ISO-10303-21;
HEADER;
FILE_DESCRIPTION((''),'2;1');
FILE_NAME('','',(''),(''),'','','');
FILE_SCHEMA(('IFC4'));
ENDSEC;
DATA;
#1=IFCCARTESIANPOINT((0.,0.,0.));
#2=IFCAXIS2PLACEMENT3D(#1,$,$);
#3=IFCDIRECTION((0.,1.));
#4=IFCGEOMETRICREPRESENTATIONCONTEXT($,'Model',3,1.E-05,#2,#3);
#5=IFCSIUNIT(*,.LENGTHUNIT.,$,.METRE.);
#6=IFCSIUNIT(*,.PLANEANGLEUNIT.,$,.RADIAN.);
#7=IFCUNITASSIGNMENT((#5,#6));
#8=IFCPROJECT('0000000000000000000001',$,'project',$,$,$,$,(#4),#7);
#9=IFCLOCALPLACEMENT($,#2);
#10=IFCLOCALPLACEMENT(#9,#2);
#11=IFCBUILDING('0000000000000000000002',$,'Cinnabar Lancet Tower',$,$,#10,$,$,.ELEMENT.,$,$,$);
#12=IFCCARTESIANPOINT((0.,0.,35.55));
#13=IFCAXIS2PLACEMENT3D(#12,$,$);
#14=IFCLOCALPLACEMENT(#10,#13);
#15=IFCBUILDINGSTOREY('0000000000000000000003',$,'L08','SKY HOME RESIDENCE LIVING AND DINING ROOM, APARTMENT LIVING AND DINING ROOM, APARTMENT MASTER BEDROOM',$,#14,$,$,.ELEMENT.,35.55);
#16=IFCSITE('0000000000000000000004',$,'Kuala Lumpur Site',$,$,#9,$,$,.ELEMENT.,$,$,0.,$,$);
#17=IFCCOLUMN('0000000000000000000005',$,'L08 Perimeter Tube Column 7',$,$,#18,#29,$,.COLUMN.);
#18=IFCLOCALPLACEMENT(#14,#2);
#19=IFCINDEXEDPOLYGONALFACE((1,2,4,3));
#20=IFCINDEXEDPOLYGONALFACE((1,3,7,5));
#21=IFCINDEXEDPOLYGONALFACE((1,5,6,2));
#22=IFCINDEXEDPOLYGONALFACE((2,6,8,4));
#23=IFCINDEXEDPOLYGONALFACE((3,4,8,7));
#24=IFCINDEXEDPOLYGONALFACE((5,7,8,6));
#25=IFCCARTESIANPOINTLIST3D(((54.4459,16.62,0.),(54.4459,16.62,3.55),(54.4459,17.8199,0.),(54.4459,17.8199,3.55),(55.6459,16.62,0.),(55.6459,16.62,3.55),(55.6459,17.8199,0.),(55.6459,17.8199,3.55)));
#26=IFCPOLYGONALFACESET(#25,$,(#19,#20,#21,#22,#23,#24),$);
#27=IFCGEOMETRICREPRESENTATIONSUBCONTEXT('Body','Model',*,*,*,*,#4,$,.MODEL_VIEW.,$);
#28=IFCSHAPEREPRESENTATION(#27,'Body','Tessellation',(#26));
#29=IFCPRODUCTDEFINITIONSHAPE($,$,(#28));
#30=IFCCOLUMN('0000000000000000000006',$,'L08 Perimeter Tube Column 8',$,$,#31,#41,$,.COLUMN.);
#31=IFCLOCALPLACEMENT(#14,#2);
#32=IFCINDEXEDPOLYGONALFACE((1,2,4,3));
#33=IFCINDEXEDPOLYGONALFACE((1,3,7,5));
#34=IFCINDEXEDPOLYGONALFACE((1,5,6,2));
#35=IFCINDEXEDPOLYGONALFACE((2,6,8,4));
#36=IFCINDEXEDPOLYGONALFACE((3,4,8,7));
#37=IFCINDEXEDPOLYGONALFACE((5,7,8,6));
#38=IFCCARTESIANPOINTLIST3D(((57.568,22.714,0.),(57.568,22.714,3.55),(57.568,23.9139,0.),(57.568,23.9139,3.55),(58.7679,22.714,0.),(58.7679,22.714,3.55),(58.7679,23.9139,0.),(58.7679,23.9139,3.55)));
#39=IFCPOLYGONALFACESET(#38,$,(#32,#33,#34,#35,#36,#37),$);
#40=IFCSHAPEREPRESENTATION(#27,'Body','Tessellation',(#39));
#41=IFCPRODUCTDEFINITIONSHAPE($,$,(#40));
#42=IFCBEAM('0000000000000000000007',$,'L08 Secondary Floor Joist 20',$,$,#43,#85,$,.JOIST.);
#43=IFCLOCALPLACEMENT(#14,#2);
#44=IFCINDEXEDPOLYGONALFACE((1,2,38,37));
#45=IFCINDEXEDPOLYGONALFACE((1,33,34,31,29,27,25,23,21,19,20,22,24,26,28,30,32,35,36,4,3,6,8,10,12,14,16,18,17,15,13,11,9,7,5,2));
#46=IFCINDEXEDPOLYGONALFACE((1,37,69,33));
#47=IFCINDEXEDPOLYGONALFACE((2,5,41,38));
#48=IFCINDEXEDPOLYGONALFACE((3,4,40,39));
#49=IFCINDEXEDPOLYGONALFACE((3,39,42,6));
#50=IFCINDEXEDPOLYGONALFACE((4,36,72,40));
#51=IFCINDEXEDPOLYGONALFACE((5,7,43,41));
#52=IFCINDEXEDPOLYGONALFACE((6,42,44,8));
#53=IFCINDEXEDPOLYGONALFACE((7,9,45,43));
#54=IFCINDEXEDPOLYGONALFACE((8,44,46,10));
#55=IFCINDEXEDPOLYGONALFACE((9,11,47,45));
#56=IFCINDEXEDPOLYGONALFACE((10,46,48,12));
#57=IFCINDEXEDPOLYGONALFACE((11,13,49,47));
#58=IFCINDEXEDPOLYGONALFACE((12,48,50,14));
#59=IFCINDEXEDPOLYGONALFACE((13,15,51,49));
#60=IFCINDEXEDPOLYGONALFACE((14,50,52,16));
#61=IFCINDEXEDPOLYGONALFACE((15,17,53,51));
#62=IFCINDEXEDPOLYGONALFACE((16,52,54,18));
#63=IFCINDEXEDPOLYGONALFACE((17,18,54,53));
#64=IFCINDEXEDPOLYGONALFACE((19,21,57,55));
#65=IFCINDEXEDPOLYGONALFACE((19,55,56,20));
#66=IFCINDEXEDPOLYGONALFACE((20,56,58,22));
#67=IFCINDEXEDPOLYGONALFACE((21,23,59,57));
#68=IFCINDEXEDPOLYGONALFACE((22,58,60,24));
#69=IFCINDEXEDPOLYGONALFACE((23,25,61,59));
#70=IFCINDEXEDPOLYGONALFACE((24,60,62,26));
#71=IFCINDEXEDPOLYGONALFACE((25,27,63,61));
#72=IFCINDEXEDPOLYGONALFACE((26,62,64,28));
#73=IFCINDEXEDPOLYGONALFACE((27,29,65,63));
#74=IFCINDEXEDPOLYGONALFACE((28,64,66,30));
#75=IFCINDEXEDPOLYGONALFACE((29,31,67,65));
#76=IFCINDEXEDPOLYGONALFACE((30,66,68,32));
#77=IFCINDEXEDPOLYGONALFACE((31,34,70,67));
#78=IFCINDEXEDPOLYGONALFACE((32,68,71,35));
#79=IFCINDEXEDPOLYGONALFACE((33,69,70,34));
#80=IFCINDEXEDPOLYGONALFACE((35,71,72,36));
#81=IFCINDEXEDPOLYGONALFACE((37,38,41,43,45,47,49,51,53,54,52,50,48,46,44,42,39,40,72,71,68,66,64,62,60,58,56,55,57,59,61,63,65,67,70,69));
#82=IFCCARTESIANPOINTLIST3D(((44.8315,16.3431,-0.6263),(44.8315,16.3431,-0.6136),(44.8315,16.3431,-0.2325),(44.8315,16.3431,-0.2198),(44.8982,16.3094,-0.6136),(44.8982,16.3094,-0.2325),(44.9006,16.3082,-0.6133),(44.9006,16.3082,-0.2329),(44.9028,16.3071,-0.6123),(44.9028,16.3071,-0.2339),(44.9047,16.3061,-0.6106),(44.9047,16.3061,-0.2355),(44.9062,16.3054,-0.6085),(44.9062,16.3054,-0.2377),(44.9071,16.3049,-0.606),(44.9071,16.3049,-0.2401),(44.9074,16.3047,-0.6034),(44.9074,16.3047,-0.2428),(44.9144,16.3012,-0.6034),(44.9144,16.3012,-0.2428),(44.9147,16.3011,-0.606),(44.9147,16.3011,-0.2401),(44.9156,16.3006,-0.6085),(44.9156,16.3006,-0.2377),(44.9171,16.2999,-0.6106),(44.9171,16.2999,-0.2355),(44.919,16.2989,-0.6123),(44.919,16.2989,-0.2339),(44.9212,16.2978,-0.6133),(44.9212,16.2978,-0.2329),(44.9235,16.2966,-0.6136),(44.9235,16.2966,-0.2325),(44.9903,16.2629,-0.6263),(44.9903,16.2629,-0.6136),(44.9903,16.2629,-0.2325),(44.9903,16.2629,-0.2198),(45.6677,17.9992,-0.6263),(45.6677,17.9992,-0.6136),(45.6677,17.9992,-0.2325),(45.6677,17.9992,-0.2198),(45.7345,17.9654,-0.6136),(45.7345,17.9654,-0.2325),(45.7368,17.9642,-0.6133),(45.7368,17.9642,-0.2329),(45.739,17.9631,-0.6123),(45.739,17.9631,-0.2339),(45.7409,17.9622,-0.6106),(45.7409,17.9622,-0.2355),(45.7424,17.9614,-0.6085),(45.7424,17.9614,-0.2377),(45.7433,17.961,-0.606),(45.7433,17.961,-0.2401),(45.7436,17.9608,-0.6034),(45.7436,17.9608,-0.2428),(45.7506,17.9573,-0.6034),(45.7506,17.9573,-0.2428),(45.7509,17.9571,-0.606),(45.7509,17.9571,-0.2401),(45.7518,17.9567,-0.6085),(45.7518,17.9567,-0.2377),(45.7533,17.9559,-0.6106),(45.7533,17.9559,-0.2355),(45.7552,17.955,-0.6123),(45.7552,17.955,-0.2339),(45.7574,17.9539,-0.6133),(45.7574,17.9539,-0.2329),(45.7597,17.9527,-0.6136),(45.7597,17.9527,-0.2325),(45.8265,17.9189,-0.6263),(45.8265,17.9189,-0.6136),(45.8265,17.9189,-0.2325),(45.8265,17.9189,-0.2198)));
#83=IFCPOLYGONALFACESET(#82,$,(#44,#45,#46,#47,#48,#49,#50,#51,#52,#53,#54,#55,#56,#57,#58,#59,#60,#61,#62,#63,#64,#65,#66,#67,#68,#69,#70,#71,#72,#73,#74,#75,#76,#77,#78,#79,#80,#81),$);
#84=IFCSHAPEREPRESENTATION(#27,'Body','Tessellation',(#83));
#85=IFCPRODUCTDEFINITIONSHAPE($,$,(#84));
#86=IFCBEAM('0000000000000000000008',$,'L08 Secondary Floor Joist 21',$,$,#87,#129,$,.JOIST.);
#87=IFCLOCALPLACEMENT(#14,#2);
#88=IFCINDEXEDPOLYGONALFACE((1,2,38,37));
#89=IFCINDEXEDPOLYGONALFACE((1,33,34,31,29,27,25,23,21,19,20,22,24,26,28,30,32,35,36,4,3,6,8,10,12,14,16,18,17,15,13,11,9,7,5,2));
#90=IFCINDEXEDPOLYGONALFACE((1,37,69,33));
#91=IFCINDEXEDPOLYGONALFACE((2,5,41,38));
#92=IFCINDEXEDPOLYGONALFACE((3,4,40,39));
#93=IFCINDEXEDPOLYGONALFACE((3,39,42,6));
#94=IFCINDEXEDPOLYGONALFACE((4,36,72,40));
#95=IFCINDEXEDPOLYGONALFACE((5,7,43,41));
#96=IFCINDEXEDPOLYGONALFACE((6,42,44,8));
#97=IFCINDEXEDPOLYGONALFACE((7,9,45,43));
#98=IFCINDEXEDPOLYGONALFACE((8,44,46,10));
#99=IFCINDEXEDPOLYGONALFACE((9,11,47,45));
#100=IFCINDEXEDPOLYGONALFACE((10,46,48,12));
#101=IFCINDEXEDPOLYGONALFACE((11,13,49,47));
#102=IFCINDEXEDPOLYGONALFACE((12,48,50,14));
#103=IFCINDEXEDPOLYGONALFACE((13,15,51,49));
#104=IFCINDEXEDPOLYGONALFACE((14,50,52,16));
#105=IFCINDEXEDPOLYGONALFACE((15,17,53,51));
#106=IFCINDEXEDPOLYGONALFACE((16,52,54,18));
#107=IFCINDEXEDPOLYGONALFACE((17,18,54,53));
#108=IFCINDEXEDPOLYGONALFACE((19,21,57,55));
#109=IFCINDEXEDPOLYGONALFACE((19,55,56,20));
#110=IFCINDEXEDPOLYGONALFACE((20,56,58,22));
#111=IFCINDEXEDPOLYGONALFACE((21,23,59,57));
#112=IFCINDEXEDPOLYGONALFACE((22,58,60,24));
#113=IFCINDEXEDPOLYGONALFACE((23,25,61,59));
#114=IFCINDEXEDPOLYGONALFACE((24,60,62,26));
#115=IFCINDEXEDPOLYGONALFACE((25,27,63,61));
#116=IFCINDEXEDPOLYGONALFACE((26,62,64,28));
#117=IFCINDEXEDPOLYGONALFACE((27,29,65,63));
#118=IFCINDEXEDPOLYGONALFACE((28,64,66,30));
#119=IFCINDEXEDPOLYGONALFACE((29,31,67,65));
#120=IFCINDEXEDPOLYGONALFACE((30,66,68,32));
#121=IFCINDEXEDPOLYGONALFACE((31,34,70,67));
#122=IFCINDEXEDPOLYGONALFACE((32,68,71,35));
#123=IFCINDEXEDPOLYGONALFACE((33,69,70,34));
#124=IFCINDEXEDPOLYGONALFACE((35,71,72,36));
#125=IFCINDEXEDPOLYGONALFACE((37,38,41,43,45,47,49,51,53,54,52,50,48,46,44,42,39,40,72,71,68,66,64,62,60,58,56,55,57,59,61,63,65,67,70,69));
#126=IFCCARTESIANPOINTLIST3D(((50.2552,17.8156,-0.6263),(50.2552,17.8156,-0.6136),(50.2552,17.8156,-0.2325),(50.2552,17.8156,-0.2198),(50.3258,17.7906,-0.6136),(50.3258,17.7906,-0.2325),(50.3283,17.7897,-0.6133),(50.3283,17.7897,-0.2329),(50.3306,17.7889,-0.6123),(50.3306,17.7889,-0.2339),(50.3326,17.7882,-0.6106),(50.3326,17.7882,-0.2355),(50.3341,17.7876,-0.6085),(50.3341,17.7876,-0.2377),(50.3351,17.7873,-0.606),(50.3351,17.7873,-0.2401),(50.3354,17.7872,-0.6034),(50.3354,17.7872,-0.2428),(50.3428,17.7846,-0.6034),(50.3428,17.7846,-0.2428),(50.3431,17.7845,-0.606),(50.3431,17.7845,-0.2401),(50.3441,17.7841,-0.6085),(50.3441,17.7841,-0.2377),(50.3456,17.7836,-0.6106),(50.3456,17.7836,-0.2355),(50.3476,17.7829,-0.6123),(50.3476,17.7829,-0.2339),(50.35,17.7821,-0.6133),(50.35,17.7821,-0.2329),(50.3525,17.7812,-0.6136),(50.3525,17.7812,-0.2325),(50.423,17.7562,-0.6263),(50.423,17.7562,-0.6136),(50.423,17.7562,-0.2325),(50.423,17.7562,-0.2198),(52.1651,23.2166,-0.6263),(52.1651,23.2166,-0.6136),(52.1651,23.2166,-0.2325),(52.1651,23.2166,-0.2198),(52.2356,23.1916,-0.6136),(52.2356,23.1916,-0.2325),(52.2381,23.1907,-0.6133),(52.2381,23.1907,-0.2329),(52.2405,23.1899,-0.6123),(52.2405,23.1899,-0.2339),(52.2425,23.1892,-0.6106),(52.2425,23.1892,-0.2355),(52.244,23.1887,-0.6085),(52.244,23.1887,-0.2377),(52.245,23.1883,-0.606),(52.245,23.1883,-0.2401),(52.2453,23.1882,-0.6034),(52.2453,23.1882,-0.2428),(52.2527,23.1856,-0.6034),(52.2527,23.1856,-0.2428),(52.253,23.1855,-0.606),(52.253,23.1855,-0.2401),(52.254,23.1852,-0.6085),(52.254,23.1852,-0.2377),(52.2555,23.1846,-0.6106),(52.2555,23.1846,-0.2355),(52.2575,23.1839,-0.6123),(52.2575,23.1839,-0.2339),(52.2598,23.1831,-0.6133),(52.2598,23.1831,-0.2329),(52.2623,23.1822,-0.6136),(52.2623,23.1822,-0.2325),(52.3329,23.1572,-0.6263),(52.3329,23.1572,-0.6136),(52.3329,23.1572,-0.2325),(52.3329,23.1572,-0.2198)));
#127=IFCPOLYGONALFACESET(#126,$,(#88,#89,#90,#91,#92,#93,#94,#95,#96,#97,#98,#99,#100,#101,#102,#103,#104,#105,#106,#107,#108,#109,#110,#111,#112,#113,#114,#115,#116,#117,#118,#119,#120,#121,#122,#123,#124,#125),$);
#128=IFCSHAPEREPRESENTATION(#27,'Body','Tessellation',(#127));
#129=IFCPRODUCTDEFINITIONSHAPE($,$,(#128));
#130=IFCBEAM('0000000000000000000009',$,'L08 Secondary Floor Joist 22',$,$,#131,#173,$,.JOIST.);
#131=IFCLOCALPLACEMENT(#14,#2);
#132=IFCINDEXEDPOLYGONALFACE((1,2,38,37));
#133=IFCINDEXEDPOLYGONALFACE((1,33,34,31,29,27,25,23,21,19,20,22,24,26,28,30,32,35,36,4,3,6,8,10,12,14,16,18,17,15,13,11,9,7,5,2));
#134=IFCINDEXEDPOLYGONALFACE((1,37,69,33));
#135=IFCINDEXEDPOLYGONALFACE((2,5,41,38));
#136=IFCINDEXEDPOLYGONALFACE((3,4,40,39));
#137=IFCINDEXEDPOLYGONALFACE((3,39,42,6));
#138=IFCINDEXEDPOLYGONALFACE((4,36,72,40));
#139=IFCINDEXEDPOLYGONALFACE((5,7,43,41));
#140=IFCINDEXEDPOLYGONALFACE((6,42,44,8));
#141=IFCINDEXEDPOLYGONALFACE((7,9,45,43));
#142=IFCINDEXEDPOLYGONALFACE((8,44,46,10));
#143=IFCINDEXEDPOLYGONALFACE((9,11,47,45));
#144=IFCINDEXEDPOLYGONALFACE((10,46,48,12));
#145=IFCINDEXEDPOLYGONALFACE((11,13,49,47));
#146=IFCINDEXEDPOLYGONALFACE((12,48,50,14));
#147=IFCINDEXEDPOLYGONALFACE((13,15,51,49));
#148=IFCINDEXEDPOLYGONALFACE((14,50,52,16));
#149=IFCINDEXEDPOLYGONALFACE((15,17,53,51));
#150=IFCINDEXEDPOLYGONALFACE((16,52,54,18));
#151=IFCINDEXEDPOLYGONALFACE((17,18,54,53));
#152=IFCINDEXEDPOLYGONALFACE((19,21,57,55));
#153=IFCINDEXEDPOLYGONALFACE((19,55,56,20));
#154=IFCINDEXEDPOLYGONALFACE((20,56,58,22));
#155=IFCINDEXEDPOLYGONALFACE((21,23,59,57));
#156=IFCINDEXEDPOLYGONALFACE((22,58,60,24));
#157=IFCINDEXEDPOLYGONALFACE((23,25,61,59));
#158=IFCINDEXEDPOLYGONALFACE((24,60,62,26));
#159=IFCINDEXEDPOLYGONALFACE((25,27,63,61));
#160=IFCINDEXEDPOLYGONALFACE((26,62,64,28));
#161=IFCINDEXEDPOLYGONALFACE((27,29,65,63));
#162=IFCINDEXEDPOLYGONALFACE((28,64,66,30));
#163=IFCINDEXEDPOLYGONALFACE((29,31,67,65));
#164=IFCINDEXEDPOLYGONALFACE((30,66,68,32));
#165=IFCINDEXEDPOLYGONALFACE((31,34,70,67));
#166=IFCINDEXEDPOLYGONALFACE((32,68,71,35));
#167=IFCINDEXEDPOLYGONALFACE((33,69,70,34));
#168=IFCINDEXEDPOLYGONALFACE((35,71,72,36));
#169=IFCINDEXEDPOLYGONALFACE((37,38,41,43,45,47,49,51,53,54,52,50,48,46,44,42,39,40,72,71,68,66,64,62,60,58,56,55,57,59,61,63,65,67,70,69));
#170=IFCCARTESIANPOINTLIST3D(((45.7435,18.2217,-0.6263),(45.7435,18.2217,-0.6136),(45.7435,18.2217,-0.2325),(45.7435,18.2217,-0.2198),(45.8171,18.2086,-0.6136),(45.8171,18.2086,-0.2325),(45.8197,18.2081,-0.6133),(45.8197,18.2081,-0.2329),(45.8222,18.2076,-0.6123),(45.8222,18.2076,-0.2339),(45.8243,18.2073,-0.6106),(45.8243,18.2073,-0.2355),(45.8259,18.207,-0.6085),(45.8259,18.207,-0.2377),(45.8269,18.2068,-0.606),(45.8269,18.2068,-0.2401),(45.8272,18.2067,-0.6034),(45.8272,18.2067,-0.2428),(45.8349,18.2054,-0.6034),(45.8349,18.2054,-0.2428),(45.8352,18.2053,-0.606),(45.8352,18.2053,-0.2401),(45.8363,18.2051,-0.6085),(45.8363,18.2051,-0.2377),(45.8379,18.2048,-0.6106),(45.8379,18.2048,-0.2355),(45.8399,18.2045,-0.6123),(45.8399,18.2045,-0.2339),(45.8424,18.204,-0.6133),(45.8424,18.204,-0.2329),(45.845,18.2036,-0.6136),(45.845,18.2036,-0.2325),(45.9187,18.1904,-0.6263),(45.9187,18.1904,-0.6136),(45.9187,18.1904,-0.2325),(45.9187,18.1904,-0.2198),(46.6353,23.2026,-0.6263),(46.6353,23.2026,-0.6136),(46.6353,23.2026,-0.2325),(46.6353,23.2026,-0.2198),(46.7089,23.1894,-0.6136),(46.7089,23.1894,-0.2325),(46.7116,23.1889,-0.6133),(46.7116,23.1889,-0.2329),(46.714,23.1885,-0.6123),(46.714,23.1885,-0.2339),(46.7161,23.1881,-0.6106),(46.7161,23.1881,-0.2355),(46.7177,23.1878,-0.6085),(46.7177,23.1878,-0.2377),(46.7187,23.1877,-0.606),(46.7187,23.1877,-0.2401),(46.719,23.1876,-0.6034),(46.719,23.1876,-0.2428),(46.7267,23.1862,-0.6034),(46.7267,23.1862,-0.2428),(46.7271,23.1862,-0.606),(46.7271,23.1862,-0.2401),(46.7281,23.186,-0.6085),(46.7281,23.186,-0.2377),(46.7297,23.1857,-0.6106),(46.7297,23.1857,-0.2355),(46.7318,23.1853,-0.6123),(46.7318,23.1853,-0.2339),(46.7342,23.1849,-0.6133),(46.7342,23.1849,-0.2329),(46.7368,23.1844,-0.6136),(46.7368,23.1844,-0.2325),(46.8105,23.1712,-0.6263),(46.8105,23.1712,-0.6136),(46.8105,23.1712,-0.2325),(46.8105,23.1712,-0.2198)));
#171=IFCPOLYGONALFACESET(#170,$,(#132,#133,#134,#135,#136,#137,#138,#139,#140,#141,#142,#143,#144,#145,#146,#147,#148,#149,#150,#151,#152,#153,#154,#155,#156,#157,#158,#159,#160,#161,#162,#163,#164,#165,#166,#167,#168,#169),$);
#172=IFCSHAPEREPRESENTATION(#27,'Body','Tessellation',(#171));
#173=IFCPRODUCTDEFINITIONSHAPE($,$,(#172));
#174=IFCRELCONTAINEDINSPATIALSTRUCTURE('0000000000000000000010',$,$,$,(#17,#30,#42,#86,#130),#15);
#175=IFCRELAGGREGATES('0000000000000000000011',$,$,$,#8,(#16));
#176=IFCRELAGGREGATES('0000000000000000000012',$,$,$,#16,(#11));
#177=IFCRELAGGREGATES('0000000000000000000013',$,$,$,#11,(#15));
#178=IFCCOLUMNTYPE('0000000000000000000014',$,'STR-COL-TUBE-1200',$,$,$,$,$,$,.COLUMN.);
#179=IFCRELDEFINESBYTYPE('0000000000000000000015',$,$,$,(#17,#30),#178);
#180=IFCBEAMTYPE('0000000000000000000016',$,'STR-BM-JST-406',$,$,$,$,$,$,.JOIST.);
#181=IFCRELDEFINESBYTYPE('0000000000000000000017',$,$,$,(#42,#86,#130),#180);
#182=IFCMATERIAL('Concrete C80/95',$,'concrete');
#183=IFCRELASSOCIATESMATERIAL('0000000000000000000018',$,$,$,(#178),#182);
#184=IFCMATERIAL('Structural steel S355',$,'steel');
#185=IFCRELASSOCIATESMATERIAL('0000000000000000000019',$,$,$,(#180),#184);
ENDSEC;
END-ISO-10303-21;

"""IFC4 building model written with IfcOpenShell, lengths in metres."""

from ifc_helpers import new_model, si_unit, direction, frame, origin, origin_2d, place, context, subcontext, project, spatial, rectangle, i_section, extrude, material, material_profile, profile_set, type_object, element, save


model = new_model("IFC4")

# Units and contexts
model_context = context("Model", 3, precision=1e-05, world=origin(), true_north=direction((0.0, 1.0)))
body_context = subcontext(model_context, "Body", "Model", "MODEL_VIEW")
ifc_project = project(units=[si_unit("LENGTHUNIT", "METRE"), si_unit("PLANEANGLEUNIT", "RADIAN")], contexts=[model_context])

# Site, building, storey
site_placement = place(None, origin())
site = spatial("IfcSite", under=ifc_project, at=site_placement, Name="Kuala Lumpur Site", CompositionType="ELEMENT", RefElevation=0.0)
building_placement = place(site_placement, origin())
building = spatial("IfcBuilding", under=site, at=building_placement, Name="Cinnabar Lancet Tower", CompositionType="ELEMENT")
storey_placement = place(building_placement, frame((0.0, 0.0, 35.55)))
storey = spatial("IfcBuildingStorey", under=building, at=storey_placement, Name="L08", Description="SKY HOME RESIDENCE LIVING AND DINING ROOM, APARTMENT LIVING AND DINING ROOM, APARTMENT MASTER BEDROOM", CompositionType="ELEMENT", Elevation=35.55)

# Columns
ifc_material_1 = material(Name="Concrete C80/95", Category="concrete")
ifc_material_profile_1 = material_profile(ifc_material_1, rectangle(XDim=1.2, YDim=1.2, at=origin_2d()), Name="RC-COL 1200x1200")
ifc_profile_set_1 = profile_set([ifc_material_profile_1], Name="Concrete C80/95")
column_type = type_object("IfcColumnType", Name="STR-COL-TUBE-1200", PredefinedType="COLUMN", material=ifc_profile_set_1)
for number, where, z_axis, x_axis, name in (
    (1, (55.0459, 17.22, 0.0), (0.0, 0.0, 1.0), (1.0, 0.0, 0.0), "L08 Perimeter Tube Column 7"),
    (2, (58.168, 23.314, 0.0), (0.0, 0.0, 1.0), (1.0, 0.0, 0.0), "L08 Perimeter Tube Column 8"),
):
    element("IfcColumn", number, at=place(storey_placement, frame(where, z_axis=z_axis, x_axis=x_axis)), inside=storey, type_object=column_type, Name=name, PredefinedType="COLUMN", context=body_context, shape_type="SweptSolid", body=[
        extrude(rectangle(XDim=1.2, YDim=1.2, at=origin_2d()), origin(), (0.0, 0.0, 1.0), 3.55),
    ])

# Beams
ifc_material_2 = material(Name="Structural steel S355", Category="steel")
ifc_material_profile_2 = material_profile(ifc_material_2, i_section(OverallWidth=0.178, OverallDepth=0.4065, WebThickness=0.0078, FlangeThickness=0.0127, FilletRadius=0.0103, at=origin_2d()), Name="UKB 406x178x60")
ifc_profile_set_2 = profile_set([ifc_material_profile_2], Name="Structural steel S355")
beam_type_1 = type_object("IfcBeamType", Name="STR-BM-JST-406", PredefinedType="JOIST", material=ifc_profile_set_2)
beam_1_placement = place(storey_placement, frame((44.9109, 16.303, -0.4231), z_axis=(0.450737, 0.892657, 0.0), x_axis=(-0.892657, 0.450737, 0.0)))
element("IfcBeam", 3, at=beam_1_placement, inside=storey, type_object=beam_type_1, Name="L08 Secondary Floor Joist 20", PredefinedType="JOIST", context=body_context, shape_type="SweptSolid", body=[
    extrude(i_section(OverallWidth=0.178, OverallDepth=0.4065, WebThickness=0.0078, FlangeThickness=0.0127, FilletRadius=0.0103, at=origin_2d()), origin(), (0.0, 0.0, 1.0), 1.8552),
])
beam_2_placement = place(storey_placement, frame((50.3391, 17.7859, -0.4231), z_axis=(0.333384, 0.942791, 0.0), x_axis=(-0.942791, 0.333384, 0.0)))
element("IfcBeam", 4, at=beam_2_placement, inside=storey, type_object=beam_type_1, Name="L08 Secondary Floor Joist 21", PredefinedType="JOIST", context=body_context, shape_type="SweptSolid", body=[
    extrude(i_section(OverallWidth=0.178, OverallDepth=0.4065, WebThickness=0.0078, FlangeThickness=0.0127, FilletRadius=0.0103, at=origin_2d()), origin(), (0.0, 0.0, 1.0), 5.7288),
])
beam_3_placement = place(storey_placement, frame((45.8311, 18.2061, -0.4231), z_axis=(0.176248, 0.984346, 0.0), x_axis=(-0.984346, 0.176248, 0.0)))
element("IfcBeam", 5, at=beam_3_placement, inside=storey, type_object=beam_type_1, Name="L08 Secondary Floor Joist 22", PredefinedType="JOIST", context=body_context, shape_type="SweptSolid", body=[
    extrude(i_section(OverallWidth=0.178, OverallDepth=0.4065, WebThickness=0.0078, FlangeThickness=0.0127, FilletRadius=0.0103, at=origin_2d()), origin(), (0.0, 0.0, 1.0), 5.0601),
])

save(model, "model.ifc")
